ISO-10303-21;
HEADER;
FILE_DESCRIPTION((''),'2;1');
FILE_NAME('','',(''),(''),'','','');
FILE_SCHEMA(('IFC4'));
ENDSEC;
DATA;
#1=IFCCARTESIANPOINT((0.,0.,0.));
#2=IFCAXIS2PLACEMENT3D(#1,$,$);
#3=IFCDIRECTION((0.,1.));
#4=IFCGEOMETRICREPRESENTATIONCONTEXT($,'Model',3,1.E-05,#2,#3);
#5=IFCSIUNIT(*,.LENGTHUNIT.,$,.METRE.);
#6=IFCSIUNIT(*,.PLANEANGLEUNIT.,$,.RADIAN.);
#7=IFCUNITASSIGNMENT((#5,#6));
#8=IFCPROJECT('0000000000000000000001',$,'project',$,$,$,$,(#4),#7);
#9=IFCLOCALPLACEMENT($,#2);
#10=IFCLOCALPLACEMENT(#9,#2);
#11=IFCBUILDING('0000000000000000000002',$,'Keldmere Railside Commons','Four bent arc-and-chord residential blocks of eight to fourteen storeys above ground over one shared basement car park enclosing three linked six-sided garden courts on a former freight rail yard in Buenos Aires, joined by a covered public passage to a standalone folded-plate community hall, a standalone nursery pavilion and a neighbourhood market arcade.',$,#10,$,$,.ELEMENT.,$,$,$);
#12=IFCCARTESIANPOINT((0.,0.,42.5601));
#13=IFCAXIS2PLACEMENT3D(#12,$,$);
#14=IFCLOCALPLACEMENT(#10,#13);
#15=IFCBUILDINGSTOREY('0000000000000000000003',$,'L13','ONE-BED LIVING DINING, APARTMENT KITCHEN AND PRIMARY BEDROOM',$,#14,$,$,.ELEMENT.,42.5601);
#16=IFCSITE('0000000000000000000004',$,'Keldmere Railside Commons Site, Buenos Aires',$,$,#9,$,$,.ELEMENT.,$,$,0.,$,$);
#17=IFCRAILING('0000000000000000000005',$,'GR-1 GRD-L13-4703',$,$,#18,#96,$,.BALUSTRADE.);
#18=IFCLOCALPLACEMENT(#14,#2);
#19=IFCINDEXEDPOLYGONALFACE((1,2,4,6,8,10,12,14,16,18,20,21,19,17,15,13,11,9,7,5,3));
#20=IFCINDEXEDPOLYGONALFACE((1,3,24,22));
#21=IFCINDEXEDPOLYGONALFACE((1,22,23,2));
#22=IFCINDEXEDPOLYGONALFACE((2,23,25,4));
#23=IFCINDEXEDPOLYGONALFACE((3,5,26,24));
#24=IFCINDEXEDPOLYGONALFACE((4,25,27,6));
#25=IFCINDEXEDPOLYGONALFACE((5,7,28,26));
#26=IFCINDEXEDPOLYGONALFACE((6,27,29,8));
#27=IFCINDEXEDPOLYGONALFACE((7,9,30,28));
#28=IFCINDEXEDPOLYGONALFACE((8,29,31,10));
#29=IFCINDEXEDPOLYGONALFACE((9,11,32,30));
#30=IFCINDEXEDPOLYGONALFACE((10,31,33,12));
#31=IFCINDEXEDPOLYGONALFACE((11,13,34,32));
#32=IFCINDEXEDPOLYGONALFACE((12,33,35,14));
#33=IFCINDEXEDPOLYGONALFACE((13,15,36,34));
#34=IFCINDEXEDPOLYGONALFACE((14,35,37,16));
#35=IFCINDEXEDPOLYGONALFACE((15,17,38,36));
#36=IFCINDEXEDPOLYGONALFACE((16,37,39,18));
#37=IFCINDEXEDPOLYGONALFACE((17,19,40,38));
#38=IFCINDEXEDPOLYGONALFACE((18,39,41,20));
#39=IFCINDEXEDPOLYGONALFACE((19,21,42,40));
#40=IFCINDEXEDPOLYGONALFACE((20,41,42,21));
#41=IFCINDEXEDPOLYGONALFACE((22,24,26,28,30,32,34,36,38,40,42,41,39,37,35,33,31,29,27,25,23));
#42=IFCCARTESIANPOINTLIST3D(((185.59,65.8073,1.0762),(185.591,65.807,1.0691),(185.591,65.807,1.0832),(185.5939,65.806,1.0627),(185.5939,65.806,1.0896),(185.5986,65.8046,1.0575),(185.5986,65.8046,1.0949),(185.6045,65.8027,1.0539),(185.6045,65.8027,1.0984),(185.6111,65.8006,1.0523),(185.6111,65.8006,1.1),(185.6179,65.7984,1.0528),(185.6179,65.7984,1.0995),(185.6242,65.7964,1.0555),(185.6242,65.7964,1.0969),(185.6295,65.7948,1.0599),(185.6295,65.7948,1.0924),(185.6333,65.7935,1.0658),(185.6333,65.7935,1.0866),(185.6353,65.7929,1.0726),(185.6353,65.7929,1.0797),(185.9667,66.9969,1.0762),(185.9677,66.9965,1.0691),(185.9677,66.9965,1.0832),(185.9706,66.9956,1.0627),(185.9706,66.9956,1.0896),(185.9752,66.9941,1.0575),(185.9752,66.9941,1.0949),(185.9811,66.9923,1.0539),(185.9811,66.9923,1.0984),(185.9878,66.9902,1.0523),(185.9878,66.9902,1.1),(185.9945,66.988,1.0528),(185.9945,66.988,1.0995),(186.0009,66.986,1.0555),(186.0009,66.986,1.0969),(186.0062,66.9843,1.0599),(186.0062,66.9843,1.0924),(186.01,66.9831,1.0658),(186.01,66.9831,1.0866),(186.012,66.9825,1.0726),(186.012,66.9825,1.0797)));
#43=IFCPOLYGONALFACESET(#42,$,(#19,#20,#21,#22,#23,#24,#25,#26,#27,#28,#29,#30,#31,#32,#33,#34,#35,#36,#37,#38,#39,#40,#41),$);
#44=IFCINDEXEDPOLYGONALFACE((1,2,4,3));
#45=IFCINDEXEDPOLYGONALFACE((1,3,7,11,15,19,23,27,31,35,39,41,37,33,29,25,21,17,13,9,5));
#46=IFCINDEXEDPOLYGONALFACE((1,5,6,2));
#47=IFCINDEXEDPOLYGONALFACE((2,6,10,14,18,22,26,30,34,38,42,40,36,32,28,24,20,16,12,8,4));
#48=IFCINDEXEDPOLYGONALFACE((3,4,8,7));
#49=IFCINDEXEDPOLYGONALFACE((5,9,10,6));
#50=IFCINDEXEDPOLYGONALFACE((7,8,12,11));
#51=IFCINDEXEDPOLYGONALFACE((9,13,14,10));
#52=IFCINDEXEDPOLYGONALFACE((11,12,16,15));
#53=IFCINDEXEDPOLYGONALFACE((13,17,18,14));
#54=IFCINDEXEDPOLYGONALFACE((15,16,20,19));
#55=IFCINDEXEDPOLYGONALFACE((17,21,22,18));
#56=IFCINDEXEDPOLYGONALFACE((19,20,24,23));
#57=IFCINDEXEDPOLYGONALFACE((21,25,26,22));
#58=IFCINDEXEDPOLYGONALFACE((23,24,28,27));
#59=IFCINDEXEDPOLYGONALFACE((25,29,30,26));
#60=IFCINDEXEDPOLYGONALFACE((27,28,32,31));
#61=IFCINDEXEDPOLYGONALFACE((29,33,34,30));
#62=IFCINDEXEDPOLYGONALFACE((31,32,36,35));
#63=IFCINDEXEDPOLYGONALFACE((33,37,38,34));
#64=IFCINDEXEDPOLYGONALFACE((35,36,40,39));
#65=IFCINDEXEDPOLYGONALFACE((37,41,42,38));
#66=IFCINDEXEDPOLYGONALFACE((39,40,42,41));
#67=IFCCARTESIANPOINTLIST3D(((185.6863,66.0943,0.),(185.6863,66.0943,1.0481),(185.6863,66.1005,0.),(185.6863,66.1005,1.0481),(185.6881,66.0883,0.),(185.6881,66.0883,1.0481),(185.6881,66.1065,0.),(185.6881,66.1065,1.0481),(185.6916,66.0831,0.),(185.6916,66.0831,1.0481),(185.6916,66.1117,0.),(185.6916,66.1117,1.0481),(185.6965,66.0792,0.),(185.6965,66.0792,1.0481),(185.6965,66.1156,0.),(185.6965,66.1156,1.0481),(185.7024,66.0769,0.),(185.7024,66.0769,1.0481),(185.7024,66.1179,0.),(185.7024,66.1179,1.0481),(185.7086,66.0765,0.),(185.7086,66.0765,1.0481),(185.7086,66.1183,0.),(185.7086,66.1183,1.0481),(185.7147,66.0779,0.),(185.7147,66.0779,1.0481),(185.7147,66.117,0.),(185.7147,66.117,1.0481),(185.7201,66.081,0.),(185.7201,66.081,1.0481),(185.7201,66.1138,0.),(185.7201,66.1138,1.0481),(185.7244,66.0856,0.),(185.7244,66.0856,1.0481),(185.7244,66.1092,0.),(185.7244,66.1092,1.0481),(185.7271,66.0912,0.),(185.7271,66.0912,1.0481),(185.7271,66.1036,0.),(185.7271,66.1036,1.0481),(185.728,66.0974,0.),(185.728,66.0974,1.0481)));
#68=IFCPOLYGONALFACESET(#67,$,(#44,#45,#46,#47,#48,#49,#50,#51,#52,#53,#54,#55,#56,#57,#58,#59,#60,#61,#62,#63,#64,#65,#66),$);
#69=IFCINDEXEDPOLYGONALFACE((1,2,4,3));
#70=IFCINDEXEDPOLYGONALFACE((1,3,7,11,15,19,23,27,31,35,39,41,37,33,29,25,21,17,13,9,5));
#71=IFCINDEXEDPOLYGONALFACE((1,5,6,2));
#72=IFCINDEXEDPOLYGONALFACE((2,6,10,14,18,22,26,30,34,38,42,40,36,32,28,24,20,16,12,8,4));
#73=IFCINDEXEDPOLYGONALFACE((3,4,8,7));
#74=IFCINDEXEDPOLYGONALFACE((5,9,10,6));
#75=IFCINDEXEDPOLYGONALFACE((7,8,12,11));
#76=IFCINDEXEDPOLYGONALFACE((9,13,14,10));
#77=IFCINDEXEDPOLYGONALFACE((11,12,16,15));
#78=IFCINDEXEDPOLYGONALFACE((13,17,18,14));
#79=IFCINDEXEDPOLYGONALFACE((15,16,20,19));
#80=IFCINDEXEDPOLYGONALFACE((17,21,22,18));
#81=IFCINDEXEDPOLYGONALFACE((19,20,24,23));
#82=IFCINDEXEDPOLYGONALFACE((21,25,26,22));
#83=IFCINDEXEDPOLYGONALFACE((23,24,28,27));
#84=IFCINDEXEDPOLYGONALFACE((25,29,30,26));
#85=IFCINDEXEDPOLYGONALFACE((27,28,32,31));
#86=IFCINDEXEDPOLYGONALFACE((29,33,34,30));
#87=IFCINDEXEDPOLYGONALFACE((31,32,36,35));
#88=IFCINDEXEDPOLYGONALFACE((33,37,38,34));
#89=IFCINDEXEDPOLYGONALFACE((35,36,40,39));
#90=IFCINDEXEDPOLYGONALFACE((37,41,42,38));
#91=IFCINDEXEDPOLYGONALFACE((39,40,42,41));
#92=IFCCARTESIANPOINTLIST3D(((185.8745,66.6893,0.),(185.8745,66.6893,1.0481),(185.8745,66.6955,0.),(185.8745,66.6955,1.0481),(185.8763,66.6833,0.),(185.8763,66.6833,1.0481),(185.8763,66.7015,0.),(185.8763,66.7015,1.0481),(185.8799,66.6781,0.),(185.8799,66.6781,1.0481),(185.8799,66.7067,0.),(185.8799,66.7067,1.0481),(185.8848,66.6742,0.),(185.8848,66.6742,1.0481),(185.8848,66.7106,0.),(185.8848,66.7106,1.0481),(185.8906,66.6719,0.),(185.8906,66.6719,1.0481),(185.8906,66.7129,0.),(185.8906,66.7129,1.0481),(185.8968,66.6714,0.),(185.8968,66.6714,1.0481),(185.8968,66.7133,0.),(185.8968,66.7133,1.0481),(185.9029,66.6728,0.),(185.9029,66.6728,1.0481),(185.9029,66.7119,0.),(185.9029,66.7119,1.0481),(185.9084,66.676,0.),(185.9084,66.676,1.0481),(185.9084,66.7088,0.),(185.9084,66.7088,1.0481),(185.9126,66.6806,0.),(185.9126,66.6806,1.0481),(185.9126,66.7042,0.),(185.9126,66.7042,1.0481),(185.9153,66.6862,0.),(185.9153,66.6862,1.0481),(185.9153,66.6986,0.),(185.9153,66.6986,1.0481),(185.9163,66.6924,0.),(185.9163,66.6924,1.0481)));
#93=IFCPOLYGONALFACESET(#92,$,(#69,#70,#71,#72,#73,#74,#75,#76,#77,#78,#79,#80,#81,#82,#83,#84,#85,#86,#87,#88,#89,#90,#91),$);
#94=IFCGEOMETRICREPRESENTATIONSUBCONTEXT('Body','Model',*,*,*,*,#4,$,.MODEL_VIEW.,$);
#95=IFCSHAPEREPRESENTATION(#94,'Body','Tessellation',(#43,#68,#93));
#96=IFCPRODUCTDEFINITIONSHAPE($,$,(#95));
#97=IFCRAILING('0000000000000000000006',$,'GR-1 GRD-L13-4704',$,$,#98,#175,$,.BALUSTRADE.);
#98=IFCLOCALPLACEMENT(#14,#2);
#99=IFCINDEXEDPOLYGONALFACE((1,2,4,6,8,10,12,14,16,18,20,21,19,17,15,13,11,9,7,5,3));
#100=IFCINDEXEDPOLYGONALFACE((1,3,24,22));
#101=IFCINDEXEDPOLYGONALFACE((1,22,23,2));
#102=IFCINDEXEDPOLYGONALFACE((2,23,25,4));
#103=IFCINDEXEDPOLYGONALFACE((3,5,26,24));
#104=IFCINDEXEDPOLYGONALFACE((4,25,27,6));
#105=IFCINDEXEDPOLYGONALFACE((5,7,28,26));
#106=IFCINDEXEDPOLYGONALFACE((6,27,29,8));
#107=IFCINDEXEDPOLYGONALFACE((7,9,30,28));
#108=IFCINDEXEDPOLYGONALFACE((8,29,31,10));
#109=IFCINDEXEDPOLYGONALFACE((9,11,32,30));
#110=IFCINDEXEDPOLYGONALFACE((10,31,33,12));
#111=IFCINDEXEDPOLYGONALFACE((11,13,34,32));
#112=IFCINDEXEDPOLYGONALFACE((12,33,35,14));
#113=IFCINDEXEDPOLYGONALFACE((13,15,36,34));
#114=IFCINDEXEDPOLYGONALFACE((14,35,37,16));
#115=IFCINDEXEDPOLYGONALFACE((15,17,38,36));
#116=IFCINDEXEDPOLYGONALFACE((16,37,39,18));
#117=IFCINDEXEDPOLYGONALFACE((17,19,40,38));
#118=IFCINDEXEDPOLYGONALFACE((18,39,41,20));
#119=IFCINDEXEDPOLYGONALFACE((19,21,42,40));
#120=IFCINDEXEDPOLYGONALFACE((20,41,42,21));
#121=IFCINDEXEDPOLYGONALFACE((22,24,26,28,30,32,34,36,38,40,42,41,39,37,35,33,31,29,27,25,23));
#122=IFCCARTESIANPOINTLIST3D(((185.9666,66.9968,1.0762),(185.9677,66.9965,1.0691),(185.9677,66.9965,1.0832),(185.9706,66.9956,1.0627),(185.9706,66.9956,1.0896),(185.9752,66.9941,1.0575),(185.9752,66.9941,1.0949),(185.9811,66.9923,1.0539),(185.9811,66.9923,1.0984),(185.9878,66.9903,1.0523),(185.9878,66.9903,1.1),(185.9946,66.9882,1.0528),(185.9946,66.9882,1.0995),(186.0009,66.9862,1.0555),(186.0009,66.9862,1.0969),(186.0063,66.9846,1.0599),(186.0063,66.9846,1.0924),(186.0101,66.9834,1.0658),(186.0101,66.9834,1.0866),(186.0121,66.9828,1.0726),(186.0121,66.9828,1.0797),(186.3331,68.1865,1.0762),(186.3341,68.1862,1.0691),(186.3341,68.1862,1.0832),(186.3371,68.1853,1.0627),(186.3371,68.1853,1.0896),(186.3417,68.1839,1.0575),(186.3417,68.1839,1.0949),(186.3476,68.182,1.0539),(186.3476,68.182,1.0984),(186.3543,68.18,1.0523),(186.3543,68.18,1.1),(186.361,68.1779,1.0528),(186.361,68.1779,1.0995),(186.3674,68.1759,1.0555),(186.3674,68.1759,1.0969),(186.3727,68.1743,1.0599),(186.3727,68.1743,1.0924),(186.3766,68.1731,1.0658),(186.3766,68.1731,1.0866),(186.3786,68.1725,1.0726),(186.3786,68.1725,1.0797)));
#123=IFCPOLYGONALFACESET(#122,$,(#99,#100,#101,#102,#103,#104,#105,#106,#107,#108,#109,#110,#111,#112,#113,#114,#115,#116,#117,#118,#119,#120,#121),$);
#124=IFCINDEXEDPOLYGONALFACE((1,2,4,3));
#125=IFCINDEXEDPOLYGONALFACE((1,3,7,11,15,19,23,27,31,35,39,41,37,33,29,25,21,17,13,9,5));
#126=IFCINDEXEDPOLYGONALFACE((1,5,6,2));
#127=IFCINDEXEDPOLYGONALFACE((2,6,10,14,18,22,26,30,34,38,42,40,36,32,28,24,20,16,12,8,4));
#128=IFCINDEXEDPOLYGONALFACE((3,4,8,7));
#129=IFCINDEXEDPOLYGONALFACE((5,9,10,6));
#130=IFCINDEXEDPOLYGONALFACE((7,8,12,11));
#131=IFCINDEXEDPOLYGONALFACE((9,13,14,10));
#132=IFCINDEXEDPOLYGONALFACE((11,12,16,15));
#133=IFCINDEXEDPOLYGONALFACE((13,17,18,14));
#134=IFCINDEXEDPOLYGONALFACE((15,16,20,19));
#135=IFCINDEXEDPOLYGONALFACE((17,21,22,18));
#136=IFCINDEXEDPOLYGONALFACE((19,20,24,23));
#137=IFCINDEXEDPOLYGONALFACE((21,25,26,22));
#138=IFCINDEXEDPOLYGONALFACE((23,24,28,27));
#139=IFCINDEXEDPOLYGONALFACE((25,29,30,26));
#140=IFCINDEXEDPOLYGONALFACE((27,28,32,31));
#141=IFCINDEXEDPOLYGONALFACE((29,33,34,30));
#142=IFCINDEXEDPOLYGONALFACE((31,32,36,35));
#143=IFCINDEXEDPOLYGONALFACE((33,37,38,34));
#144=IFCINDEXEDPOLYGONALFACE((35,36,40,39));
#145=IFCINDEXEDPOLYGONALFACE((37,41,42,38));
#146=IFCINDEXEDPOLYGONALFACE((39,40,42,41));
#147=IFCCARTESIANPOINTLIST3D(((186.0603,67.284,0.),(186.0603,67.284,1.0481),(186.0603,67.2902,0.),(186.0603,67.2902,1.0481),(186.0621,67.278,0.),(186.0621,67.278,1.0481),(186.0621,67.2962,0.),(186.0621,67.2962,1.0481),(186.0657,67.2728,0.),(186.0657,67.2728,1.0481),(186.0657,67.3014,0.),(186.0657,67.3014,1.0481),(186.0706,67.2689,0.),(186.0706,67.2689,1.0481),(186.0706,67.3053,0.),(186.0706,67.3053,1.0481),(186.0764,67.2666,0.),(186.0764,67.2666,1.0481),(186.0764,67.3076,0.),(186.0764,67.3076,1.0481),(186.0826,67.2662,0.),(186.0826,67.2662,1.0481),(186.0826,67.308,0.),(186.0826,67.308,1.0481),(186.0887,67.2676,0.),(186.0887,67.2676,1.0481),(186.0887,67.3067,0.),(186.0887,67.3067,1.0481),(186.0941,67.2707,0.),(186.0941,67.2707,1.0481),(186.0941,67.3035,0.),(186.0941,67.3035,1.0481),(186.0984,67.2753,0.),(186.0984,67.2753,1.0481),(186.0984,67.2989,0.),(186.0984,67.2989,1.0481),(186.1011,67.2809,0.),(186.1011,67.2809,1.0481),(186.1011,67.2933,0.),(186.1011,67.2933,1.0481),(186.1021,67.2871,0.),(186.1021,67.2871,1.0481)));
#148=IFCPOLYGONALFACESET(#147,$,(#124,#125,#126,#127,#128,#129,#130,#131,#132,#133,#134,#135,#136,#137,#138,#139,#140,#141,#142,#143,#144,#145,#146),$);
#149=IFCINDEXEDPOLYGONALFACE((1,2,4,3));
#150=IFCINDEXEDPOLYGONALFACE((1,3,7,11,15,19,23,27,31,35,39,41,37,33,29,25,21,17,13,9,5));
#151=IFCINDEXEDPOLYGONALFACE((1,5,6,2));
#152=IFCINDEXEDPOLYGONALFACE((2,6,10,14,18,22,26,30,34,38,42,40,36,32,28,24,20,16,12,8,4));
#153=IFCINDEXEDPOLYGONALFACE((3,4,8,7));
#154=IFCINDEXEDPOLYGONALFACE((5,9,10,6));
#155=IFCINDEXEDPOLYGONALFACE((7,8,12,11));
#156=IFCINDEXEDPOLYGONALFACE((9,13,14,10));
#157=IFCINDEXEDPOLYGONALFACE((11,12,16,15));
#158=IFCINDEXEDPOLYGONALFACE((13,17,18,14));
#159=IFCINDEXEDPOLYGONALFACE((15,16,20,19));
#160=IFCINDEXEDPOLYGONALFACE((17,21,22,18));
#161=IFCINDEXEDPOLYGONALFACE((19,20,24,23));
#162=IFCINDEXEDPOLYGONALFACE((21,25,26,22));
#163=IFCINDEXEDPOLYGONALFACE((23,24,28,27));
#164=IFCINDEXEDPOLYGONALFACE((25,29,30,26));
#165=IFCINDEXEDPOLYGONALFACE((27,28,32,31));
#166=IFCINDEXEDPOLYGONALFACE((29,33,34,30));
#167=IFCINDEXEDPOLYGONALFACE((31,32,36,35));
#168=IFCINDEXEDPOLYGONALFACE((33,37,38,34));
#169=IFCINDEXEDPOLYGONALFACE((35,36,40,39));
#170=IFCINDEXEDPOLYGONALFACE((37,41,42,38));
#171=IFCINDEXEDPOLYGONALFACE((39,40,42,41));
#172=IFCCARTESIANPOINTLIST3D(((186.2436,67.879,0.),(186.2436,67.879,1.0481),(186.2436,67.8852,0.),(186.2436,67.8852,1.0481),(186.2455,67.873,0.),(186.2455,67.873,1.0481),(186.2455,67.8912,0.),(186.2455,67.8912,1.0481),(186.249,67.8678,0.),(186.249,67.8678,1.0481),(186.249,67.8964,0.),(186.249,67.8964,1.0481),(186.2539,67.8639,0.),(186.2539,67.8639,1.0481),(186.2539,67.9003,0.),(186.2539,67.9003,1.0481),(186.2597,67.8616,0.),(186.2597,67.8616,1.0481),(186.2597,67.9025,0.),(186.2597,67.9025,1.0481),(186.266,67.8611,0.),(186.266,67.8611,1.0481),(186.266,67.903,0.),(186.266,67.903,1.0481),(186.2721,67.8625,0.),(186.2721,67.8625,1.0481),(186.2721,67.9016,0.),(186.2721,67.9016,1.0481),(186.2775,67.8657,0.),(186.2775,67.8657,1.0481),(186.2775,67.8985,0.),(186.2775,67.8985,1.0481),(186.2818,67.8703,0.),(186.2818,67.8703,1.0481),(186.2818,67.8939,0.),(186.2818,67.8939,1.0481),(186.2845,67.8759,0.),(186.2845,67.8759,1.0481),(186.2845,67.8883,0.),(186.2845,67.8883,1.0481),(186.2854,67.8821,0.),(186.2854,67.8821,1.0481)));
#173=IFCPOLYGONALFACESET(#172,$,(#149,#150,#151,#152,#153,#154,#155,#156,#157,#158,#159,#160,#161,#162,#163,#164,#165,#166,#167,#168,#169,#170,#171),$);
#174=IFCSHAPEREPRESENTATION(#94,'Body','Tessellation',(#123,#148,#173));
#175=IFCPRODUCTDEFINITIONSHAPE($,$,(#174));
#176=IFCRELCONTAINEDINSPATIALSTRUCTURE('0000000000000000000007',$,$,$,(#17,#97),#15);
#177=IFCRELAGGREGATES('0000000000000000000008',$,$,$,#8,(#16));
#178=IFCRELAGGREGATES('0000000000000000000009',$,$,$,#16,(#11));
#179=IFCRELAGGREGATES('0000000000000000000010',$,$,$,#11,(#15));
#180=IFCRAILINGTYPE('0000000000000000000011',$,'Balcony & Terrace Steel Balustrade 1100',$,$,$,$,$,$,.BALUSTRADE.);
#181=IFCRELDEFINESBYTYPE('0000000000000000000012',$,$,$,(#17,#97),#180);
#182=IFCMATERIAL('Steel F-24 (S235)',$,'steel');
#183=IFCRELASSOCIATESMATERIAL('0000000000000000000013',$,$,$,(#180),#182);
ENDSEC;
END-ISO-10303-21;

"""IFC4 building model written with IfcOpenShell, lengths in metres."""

from ifc_helpers import new_model, si_unit, direction, frame, origin, origin_2d, place, context, subcontext, project, spatial, circle, extrude, material, type_object, element, save


model = new_model("IFC4")

# Units and contexts
model_context = context("Model", 3, precision=1e-05, world=origin(), true_north=direction((0.0, 1.0)))
body_context = subcontext(model_context, "Body", "Model", "MODEL_VIEW")
ifc_project = project(units=[si_unit("LENGTHUNIT", "METRE"), si_unit("PLANEANGLEUNIT", "RADIAN")], contexts=[model_context])

# Site, building, storey
site_placement = place(None, origin())
site = spatial("IfcSite", under=ifc_project, at=site_placement, Name="Keldmere Railside Commons Site, Buenos Aires", CompositionType="ELEMENT", RefElevation=0.0)
building_placement = place(site_placement, origin())
building = spatial("IfcBuilding", under=site, at=building_placement, Name="Keldmere Railside Commons", Description="Four bent arc-and-chord residential blocks of eight to fourteen storeys above ground over one shared basement car park enclosing three linked six-sided garden courts on a former freight rail yard in Buenos Aires, joined by a covered public passage to a standalone folded-plate community hall, a standalone nursery pavilion and a neighbourhood market arcade.", CompositionType="ELEMENT")
storey_placement = place(building_placement, frame((0.0, 0.0, 42.5601)))
storey = spatial("IfcBuildingStorey", under=building, at=storey_placement, Name="L13", Description="ONE-BED LIVING DINING, APARTMENT KITCHEN AND PRIMARY BEDROOM", CompositionType="ELEMENT", Elevation=42.5601)

# Shared definitions
ifc_material_1 = material(Name="Steel F-24 (S235)", Category="steel")

# Railings
railing_type_1 = type_object("IfcRailingType", Name="Balcony & Terrace Steel Balustrade 1100", PredefinedType="BALUSTRADE", material=ifc_material_1)
railing_1_placement = place(storey_placement, frame((185.6128, 65.8, 0.0)))
element("IfcRailing", 1, at=railing_1_placement, inside=storey, type_object=railing_type_1, Name="GR-1 GRD-L13-4703", PredefinedType="BALUSTRADE", context=body_context, shape_type="SweptSolid", body=[
    extrude(circle(Radius=0.0239, at=origin_2d()), frame((0.0, 0.0, 1.0762), z_axis=(0.301871, 0.953349, 0.0), x_axis=(-0.953349, 0.301871, 0.0)), (0.0, 0.0, 1.0), 1.2478),
    extrude(circle(Radius=0.021, at=origin_2d()), frame((0.0942, 0.2974, 0.0)), (0.0, 0.0, 1.0), 1.0481),
    extrude(circle(Radius=0.021, at=origin_2d()), frame((0.2825, 0.8923, 0.0)), (0.0, 0.0, 1.0), 1.0481),
])
railing_2_placement = place(storey_placement, frame((185.9895, 66.9897, 0.0)))
element("IfcRailing", 2, at=railing_2_placement, inside=storey, type_object=railing_type_1, Name="GR-1 GRD-L13-4704", PredefinedType="BALUSTRADE", context=body_context, shape_type="SweptSolid", body=[
    extrude(circle(Radius=0.0239, at=origin_2d()), frame((0.0, 0.0, 1.0762), z_axis=(0.294375, 0.95569, 0.0), x_axis=(-0.95569, 0.294375, 0.0)), (0.0, 0.0, 1.0), 1.2449),
    extrude(circle(Radius=0.021, at=origin_2d()), frame((0.0916, 0.2974, 0.0)), (0.0, 0.0, 1.0), 1.0481),
    extrude(circle(Radius=0.021, at=origin_2d()), frame((0.2749, 0.8923, 0.0)), (0.0, 0.0, 1.0), 1.0481),
])

save(model, "model.ifc")
